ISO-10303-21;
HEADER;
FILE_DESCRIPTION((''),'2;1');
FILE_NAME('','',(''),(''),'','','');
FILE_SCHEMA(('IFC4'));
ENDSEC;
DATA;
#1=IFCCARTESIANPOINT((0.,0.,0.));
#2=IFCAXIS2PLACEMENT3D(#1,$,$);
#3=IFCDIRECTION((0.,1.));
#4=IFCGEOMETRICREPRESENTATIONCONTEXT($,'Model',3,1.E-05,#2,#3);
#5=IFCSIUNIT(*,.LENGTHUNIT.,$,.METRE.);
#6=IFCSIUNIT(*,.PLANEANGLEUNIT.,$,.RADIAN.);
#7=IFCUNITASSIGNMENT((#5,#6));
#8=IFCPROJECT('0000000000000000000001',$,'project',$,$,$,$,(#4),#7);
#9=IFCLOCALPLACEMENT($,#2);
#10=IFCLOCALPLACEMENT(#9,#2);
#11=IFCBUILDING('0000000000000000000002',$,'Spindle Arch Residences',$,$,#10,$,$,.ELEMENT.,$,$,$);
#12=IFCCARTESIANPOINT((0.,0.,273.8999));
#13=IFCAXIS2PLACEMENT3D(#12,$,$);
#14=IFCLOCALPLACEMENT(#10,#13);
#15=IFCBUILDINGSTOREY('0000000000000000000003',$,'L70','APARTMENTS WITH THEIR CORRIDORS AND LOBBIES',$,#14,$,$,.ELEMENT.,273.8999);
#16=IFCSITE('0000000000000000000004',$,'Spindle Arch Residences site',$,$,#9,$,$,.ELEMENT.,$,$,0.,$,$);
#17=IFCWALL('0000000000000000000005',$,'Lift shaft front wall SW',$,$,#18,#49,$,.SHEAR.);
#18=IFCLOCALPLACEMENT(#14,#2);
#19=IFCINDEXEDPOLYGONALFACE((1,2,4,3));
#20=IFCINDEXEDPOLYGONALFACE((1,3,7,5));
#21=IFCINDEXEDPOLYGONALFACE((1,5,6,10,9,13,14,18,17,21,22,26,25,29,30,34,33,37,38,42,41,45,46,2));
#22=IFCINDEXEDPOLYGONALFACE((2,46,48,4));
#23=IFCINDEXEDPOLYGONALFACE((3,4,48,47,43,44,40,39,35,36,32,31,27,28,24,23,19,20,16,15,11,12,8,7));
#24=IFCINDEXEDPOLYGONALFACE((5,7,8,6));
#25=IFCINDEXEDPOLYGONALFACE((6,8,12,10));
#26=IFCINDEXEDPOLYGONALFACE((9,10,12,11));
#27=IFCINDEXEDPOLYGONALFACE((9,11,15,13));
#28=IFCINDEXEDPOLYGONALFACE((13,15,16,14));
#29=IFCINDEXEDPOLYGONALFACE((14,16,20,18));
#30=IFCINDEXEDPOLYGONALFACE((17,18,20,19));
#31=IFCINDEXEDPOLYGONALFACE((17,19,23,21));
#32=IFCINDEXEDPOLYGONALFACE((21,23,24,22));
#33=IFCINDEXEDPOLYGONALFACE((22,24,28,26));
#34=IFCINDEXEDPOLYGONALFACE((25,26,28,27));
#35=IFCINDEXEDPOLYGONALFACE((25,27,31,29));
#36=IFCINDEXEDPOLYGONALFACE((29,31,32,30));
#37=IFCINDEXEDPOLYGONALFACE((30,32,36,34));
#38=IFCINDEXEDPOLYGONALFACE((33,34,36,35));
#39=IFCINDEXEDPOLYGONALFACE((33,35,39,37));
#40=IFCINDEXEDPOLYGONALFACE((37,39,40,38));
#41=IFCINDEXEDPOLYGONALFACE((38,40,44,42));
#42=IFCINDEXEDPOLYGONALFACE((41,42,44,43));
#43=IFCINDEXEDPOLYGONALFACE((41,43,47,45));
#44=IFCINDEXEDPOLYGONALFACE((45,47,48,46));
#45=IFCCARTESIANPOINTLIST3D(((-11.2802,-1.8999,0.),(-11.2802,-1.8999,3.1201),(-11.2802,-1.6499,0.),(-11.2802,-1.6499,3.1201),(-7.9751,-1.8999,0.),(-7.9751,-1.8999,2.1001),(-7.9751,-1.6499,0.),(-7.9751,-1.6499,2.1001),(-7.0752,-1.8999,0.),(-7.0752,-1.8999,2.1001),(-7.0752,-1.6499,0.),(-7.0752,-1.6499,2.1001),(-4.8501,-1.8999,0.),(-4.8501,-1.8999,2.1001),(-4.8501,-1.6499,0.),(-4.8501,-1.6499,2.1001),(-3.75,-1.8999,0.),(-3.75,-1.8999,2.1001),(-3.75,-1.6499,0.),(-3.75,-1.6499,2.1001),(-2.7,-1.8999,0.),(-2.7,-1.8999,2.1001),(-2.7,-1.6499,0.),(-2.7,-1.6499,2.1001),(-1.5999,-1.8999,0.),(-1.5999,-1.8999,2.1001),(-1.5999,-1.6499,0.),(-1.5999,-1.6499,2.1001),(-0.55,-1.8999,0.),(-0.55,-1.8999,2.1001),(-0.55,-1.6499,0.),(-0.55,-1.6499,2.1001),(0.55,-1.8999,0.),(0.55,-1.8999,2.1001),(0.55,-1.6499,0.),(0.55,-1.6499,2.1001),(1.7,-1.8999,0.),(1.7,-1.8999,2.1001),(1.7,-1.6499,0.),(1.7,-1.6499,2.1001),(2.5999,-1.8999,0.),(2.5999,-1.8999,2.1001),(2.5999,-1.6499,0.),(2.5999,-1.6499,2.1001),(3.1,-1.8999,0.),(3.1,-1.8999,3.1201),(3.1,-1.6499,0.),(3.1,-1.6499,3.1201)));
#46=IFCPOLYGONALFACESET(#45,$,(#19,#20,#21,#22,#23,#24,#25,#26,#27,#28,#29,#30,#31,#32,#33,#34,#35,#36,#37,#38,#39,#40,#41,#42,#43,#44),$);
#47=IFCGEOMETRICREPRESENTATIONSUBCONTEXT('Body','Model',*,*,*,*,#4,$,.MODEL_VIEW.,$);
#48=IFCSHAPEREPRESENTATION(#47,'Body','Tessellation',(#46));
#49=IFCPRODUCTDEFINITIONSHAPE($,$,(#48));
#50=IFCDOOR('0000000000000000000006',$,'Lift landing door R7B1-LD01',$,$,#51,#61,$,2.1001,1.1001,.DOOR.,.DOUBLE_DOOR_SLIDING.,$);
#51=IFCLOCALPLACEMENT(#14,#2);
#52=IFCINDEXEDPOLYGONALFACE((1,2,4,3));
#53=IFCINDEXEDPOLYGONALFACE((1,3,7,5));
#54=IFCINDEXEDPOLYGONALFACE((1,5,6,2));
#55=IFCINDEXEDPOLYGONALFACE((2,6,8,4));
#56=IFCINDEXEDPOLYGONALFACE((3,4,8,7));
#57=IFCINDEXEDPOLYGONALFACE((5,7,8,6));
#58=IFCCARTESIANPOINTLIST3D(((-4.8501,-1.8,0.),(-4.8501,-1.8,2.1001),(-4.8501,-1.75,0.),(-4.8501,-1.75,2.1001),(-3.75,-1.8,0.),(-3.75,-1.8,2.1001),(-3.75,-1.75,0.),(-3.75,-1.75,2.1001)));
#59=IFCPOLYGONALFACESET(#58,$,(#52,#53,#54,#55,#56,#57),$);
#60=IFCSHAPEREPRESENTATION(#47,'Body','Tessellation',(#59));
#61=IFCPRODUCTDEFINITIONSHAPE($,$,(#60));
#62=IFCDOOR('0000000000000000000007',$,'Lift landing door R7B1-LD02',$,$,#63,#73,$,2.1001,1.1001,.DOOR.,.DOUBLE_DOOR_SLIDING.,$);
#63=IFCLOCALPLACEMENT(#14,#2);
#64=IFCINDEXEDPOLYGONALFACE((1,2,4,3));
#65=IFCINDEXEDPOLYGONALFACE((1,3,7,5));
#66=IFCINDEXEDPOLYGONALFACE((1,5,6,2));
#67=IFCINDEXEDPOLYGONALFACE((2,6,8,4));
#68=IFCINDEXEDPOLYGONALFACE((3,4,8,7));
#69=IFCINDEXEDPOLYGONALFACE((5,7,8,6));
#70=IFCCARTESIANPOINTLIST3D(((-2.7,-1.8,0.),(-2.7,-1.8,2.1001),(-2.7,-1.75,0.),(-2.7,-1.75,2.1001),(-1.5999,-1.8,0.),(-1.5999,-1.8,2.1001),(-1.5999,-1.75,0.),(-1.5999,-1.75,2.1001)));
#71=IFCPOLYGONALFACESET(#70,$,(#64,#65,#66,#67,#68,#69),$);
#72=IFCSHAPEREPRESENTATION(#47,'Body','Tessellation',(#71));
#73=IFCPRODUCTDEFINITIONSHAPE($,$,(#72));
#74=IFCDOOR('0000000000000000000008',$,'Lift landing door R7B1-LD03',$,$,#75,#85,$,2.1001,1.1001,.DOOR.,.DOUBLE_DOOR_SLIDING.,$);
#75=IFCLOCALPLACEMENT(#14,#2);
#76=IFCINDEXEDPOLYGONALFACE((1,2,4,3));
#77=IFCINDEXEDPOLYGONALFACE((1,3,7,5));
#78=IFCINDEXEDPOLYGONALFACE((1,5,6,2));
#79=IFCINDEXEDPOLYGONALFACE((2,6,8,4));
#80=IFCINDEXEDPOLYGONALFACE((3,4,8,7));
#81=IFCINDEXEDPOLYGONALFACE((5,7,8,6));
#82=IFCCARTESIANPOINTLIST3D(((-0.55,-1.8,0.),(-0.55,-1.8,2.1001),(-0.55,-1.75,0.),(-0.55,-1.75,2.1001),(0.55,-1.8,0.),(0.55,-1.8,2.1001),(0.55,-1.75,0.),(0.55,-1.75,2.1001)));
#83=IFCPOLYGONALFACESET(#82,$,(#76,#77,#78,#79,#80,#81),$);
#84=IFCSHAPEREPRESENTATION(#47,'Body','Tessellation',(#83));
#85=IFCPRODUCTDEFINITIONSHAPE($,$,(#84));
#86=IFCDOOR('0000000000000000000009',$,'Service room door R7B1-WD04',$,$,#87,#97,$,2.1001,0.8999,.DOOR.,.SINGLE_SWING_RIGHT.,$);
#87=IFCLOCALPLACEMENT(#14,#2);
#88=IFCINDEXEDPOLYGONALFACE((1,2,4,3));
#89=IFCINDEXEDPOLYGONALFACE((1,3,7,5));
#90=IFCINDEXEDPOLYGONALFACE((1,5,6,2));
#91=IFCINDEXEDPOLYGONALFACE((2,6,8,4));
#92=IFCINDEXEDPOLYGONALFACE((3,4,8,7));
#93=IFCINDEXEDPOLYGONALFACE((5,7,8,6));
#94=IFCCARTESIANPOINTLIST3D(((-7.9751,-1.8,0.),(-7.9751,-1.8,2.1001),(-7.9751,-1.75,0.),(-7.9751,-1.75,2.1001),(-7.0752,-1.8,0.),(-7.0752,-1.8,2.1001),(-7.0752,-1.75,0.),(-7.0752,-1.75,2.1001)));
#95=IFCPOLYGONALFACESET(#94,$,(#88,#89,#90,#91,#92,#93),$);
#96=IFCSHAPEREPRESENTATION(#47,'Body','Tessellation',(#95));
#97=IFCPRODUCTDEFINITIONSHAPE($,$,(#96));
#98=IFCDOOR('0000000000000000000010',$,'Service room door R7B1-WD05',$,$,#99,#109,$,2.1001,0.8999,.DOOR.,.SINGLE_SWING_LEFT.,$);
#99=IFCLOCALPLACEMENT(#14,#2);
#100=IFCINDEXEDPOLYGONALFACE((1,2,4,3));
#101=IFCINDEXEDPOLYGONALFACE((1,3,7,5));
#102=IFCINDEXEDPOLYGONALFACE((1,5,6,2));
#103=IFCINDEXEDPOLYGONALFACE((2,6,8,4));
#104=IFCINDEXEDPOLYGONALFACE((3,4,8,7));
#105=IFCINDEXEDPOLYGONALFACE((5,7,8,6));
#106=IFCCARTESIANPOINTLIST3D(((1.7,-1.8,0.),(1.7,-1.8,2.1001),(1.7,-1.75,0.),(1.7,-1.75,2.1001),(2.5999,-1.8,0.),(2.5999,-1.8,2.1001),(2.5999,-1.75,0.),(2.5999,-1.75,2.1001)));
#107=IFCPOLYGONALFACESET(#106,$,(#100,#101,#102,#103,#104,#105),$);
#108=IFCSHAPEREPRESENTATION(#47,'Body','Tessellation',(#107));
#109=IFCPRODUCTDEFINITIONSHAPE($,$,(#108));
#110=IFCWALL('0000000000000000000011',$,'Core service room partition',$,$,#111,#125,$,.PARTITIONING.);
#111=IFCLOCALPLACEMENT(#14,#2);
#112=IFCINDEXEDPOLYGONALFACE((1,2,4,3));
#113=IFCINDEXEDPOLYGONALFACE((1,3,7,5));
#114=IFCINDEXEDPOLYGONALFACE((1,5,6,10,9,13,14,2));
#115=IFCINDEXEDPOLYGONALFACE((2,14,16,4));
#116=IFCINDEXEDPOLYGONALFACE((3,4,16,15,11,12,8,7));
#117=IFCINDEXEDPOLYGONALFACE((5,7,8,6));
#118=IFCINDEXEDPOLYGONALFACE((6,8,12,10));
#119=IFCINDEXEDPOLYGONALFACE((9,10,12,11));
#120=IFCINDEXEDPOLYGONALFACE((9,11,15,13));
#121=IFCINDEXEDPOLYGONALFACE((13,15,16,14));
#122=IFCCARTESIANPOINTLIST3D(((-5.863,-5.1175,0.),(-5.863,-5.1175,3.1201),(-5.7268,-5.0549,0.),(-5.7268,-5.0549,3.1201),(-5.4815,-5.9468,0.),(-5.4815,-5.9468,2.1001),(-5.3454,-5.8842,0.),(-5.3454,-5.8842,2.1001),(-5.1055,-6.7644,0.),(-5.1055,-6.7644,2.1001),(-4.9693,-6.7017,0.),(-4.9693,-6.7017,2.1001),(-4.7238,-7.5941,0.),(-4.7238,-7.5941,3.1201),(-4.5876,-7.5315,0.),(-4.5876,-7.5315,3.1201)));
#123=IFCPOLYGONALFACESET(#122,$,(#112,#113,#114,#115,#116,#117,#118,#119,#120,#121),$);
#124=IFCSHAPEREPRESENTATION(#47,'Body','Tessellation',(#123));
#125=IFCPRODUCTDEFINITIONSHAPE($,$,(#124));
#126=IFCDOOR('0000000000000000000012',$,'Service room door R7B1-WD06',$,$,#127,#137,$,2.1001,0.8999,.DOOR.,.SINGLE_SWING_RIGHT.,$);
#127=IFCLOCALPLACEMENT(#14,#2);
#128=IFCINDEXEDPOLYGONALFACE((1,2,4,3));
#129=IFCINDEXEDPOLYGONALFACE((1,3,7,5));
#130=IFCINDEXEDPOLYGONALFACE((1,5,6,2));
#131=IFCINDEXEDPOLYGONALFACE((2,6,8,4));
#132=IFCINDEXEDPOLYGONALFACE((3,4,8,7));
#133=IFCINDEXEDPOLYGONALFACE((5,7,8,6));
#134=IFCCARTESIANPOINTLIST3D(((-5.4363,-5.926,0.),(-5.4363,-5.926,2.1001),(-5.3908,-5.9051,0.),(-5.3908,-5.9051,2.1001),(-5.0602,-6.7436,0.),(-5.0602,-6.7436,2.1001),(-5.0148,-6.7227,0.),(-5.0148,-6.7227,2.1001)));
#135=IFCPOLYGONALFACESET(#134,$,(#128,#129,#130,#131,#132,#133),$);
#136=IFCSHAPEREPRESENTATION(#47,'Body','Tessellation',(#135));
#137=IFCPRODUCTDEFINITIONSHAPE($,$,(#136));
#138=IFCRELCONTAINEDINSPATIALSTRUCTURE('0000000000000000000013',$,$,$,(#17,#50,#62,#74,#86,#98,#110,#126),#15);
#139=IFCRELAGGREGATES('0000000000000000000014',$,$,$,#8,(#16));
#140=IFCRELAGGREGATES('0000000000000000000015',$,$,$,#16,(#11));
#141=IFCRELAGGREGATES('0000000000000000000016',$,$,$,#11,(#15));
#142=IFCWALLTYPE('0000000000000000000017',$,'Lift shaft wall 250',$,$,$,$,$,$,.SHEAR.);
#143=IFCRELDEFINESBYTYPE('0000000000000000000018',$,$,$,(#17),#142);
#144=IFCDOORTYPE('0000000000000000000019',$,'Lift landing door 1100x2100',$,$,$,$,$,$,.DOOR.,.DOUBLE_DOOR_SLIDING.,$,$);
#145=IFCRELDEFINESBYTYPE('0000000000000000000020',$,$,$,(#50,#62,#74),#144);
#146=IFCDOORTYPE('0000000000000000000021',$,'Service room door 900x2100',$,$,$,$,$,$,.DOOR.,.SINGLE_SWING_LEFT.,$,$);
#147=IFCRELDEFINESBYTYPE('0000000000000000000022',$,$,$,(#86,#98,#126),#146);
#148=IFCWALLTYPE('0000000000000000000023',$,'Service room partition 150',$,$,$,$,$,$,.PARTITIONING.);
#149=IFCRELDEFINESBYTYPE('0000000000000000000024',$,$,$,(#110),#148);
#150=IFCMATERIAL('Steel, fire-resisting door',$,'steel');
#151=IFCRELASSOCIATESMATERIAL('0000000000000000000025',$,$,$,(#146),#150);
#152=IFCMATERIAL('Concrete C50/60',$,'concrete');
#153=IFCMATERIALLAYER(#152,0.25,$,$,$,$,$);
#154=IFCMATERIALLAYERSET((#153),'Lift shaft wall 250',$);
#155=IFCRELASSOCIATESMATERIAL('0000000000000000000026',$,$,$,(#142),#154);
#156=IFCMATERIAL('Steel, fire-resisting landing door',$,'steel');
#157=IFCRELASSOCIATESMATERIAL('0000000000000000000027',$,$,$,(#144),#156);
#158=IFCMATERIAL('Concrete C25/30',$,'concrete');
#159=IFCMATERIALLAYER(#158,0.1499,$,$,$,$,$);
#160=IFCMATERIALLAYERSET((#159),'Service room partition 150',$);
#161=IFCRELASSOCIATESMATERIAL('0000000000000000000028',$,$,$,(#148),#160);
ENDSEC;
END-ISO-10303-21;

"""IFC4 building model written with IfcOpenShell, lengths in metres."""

from ifc_helpers import new_model, si_unit, direction, frame, frame_2d, origin, place, context, subcontext, project, spatial, rectangle, extrude, material, layer, layer_set, type_object, element, fill, save


model = new_model("IFC4")

# Units and contexts
model_context = context("Model", 3, precision=1e-05, world=origin(), true_north=direction((0.0, 1.0)))
body_context = subcontext(model_context, "Body", "Model", "MODEL_VIEW")
ifc_project = project(units=[si_unit("LENGTHUNIT", "METRE"), si_unit("PLANEANGLEUNIT", "RADIAN")], contexts=[model_context])

# Site, building, storey
site_placement = place(None, origin())
site = spatial("IfcSite", under=ifc_project, at=site_placement, Name="Spindle Arch Residences site", CompositionType="ELEMENT", RefElevation=0.0)
building_placement = place(site_placement, origin())
building = spatial("IfcBuilding", under=site, at=building_placement, Name="Spindle Arch Residences", CompositionType="ELEMENT")
storey_placement = place(building_placement, frame((0.0, 0.0, 273.8999)))
storey = spatial("IfcBuildingStorey", under=building, at=storey_placement, Name="L70", Description="APARTMENTS WITH THEIR CORRIDORS AND LOBBIES", CompositionType="ELEMENT", Elevation=273.8999)

# Shared definitions
ifc_material_1 = material(Name="Steel, fire-resisting door", Category="steel")
door_type_1 = type_object("IfcDoorType", Name="Service room door 900x2100", OperationType="SINGLE_SWING_LEFT", PredefinedType="DOOR", material=ifc_material_1)

# Wall, openings, doors
ifc_material_2 = material(Name="Concrete C50/60", Category="concrete")
ifc_layer_1 = layer(ifc_material_2, 0.25)
ifc_layer_set_1 = layer_set([ifc_layer_1], Name="Lift shaft wall 250")
wall_type_1 = type_object("IfcWallType", Name="Lift shaft wall 250", PredefinedType="SHEAR", material=ifc_layer_set_1)
wall_1_placement = place(storey_placement, frame((-11.28, -1.7749, 0.0), z_axis=(0.0, 0.0, 1.0), x_axis=(1.0, 0.0, 0.0)))
wall_1 = element("IfcWall", 1, at=wall_1_placement, inside=storey, type_object=wall_type_1, Name="Lift shaft front wall SW", PredefinedType="SHEAR", context=body_context, shape_type="SweptSolid", body=[
    extrude(rectangle(XDim=14.3801, YDim=0.25, at=frame_2d((7.1899, 0.0))), origin(), (0.0, 0.0, 1.0), 3.1201),
])
opening_1_placement = place(wall_1_placement, frame((6.4299, 0.0, 0.0)))
opening_1 = element("IfcOpeningElement", 2, at=opening_1_placement, cuts=wall_1, PredefinedType="OPENING", context=body_context, shape_type="SweptSolid", body=[
    extrude(rectangle(XDim=1.1001, YDim=2.1001, at=frame_2d((0.55, 1.05))), frame((0.0, 0.135, 0.0), z_axis=(0.0, -1.0, 0.0), x_axis=(1.0, 0.0, 0.0)), (0.0, 0.0, 1.0), 0.27),
])
opening_2_placement = place(wall_1_placement, frame((8.5801, 0.0, 0.0)))
opening_2 = element("IfcOpeningElement", 3, at=opening_2_placement, cuts=wall_1, PredefinedType="OPENING", context=body_context, shape_type="SweptSolid", body=[
    extrude(rectangle(XDim=1.1001, YDim=2.1001, at=frame_2d((0.55, 1.05))), frame((0.0, 0.135, 0.0), z_axis=(0.0, -1.0, 0.0), x_axis=(1.0, 0.0, 0.0)), (0.0, 0.0, 1.0), 0.27),
])
opening_3_placement = place(wall_1_placement, frame((10.73, 0.0, 0.0)))
opening_3 = element("IfcOpeningElement", 4, at=opening_3_placement, cuts=wall_1, PredefinedType="OPENING", context=body_context, shape_type="SweptSolid", body=[
    extrude(rectangle(XDim=1.1001, YDim=2.1001, at=frame_2d((0.55, 1.05))), frame((0.0, 0.135, 0.0), z_axis=(0.0, -1.0, 0.0), x_axis=(1.0, 0.0, 0.0)), (0.0, 0.0, 1.0), 0.27),
])
opening_4_placement = place(wall_1_placement, frame((3.3049, 0.0, 0.0)))
opening_4 = element("IfcOpeningElement", 5, at=opening_4_placement, cuts=wall_1, PredefinedType="OPENING", context=body_context, shape_type="SweptSolid", body=[
    extrude(rectangle(XDim=0.8999, YDim=2.1001, at=frame_2d((0.45, 1.05))), frame((0.0, 0.135, 0.0), z_axis=(0.0, -1.0, 0.0), x_axis=(1.0, 0.0, 0.0)), (0.0, 0.0, 1.0), 0.27),
])
opening_5_placement = place(wall_1_placement, frame((12.98, 0.0, 0.0)))
opening_5 = element("IfcOpeningElement", 6, at=opening_5_placement, cuts=wall_1, PredefinedType="OPENING", context=body_context, shape_type="SweptSolid", body=[
    extrude(rectangle(XDim=0.8999, YDim=2.1001, at=frame_2d((0.45, 1.05))), frame((0.0, 0.135, 0.0), z_axis=(0.0, -1.0, 0.0), x_axis=(1.0, 0.0, 0.0)), (0.0, 0.0, 1.0), 0.27),
])
ifc_material_3 = material(Name="Steel, fire-resisting landing door", Category="steel")
door_type_2 = type_object("IfcDoorType", Name="Lift landing door 1100x2100", OperationType="DOUBLE_DOOR_SLIDING", PredefinedType="DOOR", material=ifc_material_3)
door_1_placement = place(opening_1_placement, origin())
door_1 = element("IfcDoor", 7, at=door_1_placement, inside=storey, type_object=door_type_2, Name="Lift landing door R7B1-LD01", OperationType="DOUBLE_DOOR_SLIDING", OverallHeight=2.1001, OverallWidth=1.1001, PredefinedType="DOOR", context=body_context, shape_type="SweptSolid", body=[
    extrude(rectangle(XDim=1.1001, YDim=2.1001, at=frame_2d((0.55, 1.05))), frame((0.0, 0.0249, 0.0), z_axis=(0.0, -1.0, 0.0), x_axis=(1.0, 0.0, 0.0)), (0.0, 0.0, 1.0), 0.05),
])
fill(opening_1, door_1)
door_2_placement = place(opening_2_placement, origin())
door_2 = element("IfcDoor", 8, at=door_2_placement, inside=storey, type_object=door_type_2, Name="Lift landing door R7B1-LD02", OperationType="DOUBLE_DOOR_SLIDING", OverallHeight=2.1001, OverallWidth=1.1001, PredefinedType="DOOR", context=body_context, shape_type="SweptSolid", body=[
    extrude(rectangle(XDim=1.1001, YDim=2.1001, at=frame_2d((0.55, 1.05))), frame((0.0, 0.0249, 0.0), z_axis=(0.0, -1.0, 0.0), x_axis=(1.0, 0.0, 0.0)), (0.0, 0.0, 1.0), 0.05),
])
fill(opening_2, door_2)
door_3_placement = place(opening_3_placement, origin())
door_3 = element("IfcDoor", 9, at=door_3_placement, inside=storey, type_object=door_type_2, Name="Lift landing door R7B1-LD03", OperationType="DOUBLE_DOOR_SLIDING", OverallHeight=2.1001, OverallWidth=1.1001, PredefinedType="DOOR", context=body_context, shape_type="SweptSolid", body=[
    extrude(rectangle(XDim=1.1001, YDim=2.1001, at=frame_2d((0.55, 1.05))), frame((0.0, 0.0249, 0.0), z_axis=(0.0, -1.0, 0.0), x_axis=(1.0, 0.0, 0.0)), (0.0, 0.0, 1.0), 0.05),
])
fill(opening_3, door_3)
door_4_placement = place(opening_4_placement, origin())
door_4 = element("IfcDoor", 10, at=door_4_placement, inside=storey, type_object=door_type_1, Name="Service room door R7B1-WD04", OperationType="SINGLE_SWING_RIGHT", OverallHeight=2.1001, OverallWidth=0.8999, PredefinedType="DOOR", context=body_context, shape_type="SweptSolid", body=[
    extrude(rectangle(XDim=0.8999, YDim=2.1001, at=frame_2d((0.45, 1.05))), frame((0.0, 0.0249, 0.0), z_axis=(0.0, -1.0, 0.0), x_axis=(1.0, 0.0, 0.0)), (0.0, 0.0, 1.0), 0.05),
])
fill(opening_4, door_4)
door_5_placement = place(opening_5_placement, origin())
door_5 = element("IfcDoor", 11, at=door_5_placement, inside=storey, type_object=door_type_1, Name="Service room door R7B1-WD05", OperationType="SINGLE_SWING_LEFT", OverallHeight=2.1001, OverallWidth=0.8999, PredefinedType="DOOR", context=body_context, shape_type="SweptSolid", body=[
    extrude(rectangle(XDim=0.8999, YDim=2.1001, at=frame_2d((0.45, 1.05))), frame((0.0, 0.0249, 0.0), z_axis=(0.0, -1.0, 0.0), x_axis=(1.0, 0.0, 0.0)), (0.0, 0.0, 1.0), 0.05),
])
fill(opening_5, door_5)

# Wall, opening, door
ifc_material_4 = material(Name="Concrete C25/30", Category="concrete")
ifc_layer_2 = layer(ifc_material_4, 0.1499)
ifc_layer_set_2 = layer_set([ifc_layer_2], Name="Service room partition 150")
wall_type_2 = type_object("IfcWallType", Name="Service room partition 150", PredefinedType="PARTITIONING", material=ifc_layer_set_2)
wall_2_placement = place(storey_placement, frame((-5.7949, -5.0862, 0.0), z_axis=(0.0, 0.0, 1.0), x_axis=(0.417888, -0.908499, 0.0)))
wall_2 = element("IfcWall", 12, at=wall_2_placement, inside=storey, type_object=wall_type_2, Name="Core service room partition", PredefinedType="PARTITIONING", context=body_context, shape_type="SweptSolid", body=[
    extrude(rectangle(XDim=2.7261, YDim=0.1499, at=frame_2d((1.363, 0.0))), origin(), (0.0, 0.0, 1.0), 3.1201),
])
opening_6_placement = place(wall_2_placement, frame((0.9128, 0.0, 0.0)))
opening_6 = element("IfcOpeningElement", 13, at=opening_6_placement, cuts=wall_2, PredefinedType="OPENING", context=body_context, shape_type="SweptSolid", body=[
    extrude(rectangle(XDim=0.8999, YDim=2.1001, at=frame_2d((0.45, 1.05))), frame((0.0, 0.085, 0.0), z_axis=(0.0, -1.0, 0.0), x_axis=(1.0, 0.0, 0.0)), (0.0, 0.0, 1.0), 0.1699),
])
door_6_placement = place(opening_6_placement, origin())
door_6 = element("IfcDoor", 14, at=door_6_placement, inside=storey, type_object=door_type_1, Name="Service room door R7B1-WD06", OperationType="SINGLE_SWING_RIGHT", OverallHeight=2.1001, OverallWidth=0.8999, PredefinedType="DOOR", context=body_context, shape_type="SweptSolid", body=[
    extrude(rectangle(XDim=0.8999, YDim=2.1001, at=frame_2d((0.45, 1.05))), frame((0.0, 0.0249, 0.0), z_axis=(0.0, -1.0, 0.0), x_axis=(1.0, 0.0, 0.0)), (0.0, 0.0, 1.0), 0.05),
])
fill(opening_6, door_6)

save(model, "model.ifc")
